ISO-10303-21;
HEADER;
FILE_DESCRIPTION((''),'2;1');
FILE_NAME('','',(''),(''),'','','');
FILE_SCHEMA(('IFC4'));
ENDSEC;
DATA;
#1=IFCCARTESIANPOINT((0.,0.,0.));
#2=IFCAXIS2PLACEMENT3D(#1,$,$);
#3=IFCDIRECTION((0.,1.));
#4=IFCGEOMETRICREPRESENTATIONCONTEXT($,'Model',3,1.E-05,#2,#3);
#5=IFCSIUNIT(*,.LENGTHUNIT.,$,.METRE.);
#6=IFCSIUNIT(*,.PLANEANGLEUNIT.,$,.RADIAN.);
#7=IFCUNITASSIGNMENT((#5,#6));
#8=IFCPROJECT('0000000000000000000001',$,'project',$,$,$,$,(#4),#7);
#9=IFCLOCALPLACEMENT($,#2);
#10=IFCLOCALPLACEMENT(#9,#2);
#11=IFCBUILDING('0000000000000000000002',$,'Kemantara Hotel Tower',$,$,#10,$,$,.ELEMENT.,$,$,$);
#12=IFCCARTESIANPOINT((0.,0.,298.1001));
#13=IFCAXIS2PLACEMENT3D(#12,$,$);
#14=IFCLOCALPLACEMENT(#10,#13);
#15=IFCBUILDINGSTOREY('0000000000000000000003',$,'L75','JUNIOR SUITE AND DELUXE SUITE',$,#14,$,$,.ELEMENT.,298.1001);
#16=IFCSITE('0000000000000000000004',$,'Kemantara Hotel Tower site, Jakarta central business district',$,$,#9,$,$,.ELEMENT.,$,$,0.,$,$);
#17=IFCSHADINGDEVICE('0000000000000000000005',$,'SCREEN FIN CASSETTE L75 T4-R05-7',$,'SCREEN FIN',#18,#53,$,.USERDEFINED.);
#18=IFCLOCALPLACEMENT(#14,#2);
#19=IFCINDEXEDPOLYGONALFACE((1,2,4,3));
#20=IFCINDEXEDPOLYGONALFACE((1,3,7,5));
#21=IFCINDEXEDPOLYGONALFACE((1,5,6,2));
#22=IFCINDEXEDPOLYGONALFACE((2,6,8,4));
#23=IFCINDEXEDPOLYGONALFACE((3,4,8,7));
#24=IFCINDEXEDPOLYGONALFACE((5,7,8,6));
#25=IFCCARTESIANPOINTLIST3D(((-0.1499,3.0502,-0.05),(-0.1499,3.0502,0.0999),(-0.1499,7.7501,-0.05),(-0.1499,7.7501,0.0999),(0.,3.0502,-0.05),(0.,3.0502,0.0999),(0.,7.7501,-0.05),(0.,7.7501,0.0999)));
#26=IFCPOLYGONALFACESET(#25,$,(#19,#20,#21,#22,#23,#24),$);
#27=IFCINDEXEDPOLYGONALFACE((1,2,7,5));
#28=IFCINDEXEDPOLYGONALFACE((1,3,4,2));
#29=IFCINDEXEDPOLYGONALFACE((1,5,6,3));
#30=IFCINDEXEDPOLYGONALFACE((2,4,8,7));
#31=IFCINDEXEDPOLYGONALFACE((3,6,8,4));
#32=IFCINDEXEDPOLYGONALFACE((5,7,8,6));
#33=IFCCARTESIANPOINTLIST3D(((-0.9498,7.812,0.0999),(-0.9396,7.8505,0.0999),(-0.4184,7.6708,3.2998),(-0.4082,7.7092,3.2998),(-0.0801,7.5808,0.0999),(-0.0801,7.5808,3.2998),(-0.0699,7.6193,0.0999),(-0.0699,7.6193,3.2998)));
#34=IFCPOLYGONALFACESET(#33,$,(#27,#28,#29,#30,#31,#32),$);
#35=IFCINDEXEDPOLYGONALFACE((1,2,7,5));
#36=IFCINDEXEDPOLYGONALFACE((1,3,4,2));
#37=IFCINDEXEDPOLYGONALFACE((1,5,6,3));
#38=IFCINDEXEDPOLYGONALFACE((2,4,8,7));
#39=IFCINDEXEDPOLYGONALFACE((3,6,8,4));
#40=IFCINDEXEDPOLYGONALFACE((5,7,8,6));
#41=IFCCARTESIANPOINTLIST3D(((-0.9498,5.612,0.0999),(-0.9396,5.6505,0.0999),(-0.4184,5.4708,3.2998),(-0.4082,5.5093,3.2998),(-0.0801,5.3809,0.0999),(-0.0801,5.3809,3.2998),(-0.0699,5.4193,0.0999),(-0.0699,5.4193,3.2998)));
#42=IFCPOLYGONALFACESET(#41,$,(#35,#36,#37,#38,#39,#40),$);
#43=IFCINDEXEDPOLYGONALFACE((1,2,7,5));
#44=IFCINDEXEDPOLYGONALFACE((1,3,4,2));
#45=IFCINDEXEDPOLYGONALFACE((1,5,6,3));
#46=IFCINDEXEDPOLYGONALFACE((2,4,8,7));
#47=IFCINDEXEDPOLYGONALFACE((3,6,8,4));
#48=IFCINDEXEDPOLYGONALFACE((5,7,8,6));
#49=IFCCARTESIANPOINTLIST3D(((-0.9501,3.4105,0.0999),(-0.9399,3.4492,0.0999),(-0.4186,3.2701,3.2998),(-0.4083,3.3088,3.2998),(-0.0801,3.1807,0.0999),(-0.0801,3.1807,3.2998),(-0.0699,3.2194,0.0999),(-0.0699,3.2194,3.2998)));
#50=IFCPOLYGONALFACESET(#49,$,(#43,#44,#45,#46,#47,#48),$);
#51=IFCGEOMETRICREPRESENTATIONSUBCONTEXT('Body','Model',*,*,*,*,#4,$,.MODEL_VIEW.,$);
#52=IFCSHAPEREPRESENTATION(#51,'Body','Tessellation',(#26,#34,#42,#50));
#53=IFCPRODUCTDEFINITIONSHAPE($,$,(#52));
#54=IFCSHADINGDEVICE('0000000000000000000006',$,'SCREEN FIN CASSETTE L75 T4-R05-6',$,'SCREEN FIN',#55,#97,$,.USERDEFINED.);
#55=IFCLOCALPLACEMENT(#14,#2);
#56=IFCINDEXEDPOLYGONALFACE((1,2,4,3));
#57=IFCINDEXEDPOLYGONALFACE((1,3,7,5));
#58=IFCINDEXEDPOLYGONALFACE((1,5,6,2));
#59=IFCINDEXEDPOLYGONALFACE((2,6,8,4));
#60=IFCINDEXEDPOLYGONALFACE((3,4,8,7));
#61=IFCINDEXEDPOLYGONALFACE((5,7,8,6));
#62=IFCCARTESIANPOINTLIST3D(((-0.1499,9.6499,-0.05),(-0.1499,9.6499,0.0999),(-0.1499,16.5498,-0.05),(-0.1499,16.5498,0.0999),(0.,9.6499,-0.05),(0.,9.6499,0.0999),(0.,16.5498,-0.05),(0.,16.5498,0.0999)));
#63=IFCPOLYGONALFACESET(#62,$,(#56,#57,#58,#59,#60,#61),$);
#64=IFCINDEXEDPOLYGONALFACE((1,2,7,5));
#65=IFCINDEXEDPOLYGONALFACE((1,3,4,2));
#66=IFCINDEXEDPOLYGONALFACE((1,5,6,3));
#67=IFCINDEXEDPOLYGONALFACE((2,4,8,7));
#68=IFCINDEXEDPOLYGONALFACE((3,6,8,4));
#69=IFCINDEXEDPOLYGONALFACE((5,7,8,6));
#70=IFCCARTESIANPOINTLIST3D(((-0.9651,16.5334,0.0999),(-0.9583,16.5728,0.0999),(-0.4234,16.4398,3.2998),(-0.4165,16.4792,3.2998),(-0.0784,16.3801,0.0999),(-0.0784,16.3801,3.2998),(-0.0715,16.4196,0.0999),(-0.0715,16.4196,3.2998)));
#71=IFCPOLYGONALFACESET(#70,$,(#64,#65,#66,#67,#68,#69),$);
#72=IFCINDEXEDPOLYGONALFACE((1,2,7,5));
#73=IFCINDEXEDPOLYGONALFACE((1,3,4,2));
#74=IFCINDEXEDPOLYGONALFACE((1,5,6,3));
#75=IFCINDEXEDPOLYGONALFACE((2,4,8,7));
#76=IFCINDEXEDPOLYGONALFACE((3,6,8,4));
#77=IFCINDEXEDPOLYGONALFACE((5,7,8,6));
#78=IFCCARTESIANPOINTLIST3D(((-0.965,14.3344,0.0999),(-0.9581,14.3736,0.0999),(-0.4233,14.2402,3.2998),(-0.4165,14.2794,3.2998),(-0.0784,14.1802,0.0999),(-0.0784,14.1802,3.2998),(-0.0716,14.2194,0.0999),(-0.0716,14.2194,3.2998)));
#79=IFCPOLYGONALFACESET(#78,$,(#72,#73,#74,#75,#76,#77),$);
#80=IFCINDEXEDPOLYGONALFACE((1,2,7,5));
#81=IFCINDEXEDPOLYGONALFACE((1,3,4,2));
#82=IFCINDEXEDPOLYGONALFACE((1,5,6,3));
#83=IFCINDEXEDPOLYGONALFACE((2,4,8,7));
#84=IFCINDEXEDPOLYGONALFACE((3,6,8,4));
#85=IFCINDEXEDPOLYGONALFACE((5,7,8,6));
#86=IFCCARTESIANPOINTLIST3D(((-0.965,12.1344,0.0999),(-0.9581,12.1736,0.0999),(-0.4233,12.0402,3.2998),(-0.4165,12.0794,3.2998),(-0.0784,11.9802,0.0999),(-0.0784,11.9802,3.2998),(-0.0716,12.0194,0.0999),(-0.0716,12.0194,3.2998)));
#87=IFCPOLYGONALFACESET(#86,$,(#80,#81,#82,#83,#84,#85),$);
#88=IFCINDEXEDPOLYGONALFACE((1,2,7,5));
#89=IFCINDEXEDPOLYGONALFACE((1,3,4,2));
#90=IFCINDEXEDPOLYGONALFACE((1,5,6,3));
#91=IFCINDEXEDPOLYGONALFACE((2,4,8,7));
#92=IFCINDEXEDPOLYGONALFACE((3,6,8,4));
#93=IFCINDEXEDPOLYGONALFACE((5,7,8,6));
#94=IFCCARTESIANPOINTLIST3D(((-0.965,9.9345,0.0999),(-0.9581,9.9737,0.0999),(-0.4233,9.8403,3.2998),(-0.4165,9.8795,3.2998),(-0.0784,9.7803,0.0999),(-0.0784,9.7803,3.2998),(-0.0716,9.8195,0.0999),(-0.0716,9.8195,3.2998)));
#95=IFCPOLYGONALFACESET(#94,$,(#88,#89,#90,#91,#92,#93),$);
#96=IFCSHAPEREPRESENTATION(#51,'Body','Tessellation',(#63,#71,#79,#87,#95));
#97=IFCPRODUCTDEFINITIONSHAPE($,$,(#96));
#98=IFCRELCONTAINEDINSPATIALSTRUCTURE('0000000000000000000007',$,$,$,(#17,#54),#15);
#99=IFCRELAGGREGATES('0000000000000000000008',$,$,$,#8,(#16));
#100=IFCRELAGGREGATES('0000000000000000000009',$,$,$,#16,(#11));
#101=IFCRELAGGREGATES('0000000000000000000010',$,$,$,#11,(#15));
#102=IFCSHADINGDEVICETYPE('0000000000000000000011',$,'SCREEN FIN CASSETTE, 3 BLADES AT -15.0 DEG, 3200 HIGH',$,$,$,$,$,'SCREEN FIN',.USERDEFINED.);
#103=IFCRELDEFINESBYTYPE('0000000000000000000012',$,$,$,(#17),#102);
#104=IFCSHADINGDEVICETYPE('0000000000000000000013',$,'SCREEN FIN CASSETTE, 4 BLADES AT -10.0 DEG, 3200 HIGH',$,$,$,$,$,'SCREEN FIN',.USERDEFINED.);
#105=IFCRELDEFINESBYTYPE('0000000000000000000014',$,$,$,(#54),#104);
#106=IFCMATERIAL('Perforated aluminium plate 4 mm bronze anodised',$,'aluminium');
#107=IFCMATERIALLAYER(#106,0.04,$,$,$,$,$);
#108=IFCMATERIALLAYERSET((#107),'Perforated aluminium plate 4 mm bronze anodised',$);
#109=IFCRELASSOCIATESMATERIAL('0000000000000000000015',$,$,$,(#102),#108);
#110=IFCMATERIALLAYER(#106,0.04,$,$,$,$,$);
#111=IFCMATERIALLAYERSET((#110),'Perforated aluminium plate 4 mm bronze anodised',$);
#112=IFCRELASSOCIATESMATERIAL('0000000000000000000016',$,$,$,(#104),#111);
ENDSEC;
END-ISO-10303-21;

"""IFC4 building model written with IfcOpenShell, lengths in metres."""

from ifc_helpers import new_model, si_unit, direction, frame, origin, origin_2d, place, context, subcontext, project, spatial, polyline, rectangle, outline, extrude, source, transform, mapped, material, layer, layer_set, type_object, element, save


model = new_model("IFC4")

# Units and contexts
model_context = context("Model", 3, precision=1e-05, world=origin(), true_north=direction((0.0, 1.0)))
body_context = subcontext(model_context, "Body", "Model", "MODEL_VIEW")
ifc_project = project(units=[si_unit("LENGTHUNIT", "METRE"), si_unit("PLANEANGLEUNIT", "RADIAN")], contexts=[model_context])

# Site, building, storey
site_placement = place(None, origin())
site = spatial("IfcSite", under=ifc_project, at=site_placement, Name="Kemantara Hotel Tower site, Jakarta central business district", CompositionType="ELEMENT", RefElevation=0.0)
building_placement = place(site_placement, origin())
building = spatial("IfcBuilding", under=site, at=building_placement, Name="Kemantara Hotel Tower", CompositionType="ELEMENT")
storey_placement = place(building_placement, frame((0.0, 0.0, 298.1001)))
storey = spatial("IfcBuildingStorey", under=building, at=storey_placement, Name="L75", Description="JUNIOR SUITE AND DELUXE SUITE", CompositionType="ELEMENT", Elevation=298.1001)

# Shading devices
ifc_material_1 = material(Name="Perforated aluminium plate 4 mm bronze anodised", Category="aluminium")
ifc_layer_1 = layer(ifc_material_1, 0.04)
ifc_layer_set_1 = layer_set([ifc_layer_1], Name="Perforated aluminium plate 4 mm bronze anodised")
shading_device_type_1 = type_object("IfcShadingDeviceType", Name="SCREEN FIN CASSETTE, 3 BLADES AT -15.0 DEG, 3200 HIGH", ElementType="SCREEN FIN", PredefinedType="USERDEFINED", material=ifc_layer_set_1)
shared_shape_1 = source(origin(), body_context, "Body", "SweptSolid", [
    extrude(rectangle(XDim=4.7, YDim=0.1499, at=origin_2d()), frame((2.2, -0.075, -0.1499), z_axis=(0.0, 0.0, 1.0), x_axis=(1.0, 0.0, 0.0)), (0.0, 0.0, 1.0), 0.1499),
    extrude(outline(polyline([(0.0, 0.0), (0.8999, 0.0), (0.3501, 3.2), (0.0, 3.2), (0.0, 0.0)])), frame((0.0193, -0.0801, 0.0), z_axis=(-0.966438, 0.256901, 0.0), x_axis=(-0.256901, -0.966438, 0.0)), (0.0, 0.0, 1.0), 0.0398),
    extrude(outline(polyline([(0.0, 0.0), (0.8999, 0.0), (0.3501, 3.2), (0.0, 3.2), (0.0, 0.0)])), frame((2.2192, -0.0801, 0.0), z_axis=(-0.966438, 0.256901, 0.0), x_axis=(-0.256901, -0.966438, 0.0)), (0.0, 0.0, 1.0), 0.0398),
    extrude(outline(polyline([(0.0, 0.0), (0.8999, 0.0), (0.3501, 3.2), (0.0, 3.2), (0.0, 0.0)])), frame((4.4194, -0.0801, 0.0), z_axis=(-0.966838, 0.255391, 0.0), x_axis=(-0.255391, -0.966838, 0.0)), (0.0, 0.0, 1.0), 0.04),
])
shading_device_1_placement = place(storey_placement, frame((0.0, 7.6001, 0.0999), z_axis=(0.0, 0.0, 1.0), x_axis=(0.0, -1.0, 0.0)))
element("IfcShadingDevice", 1, at=shading_device_1_placement, inside=storey, type_object=shading_device_type_1, Name="SCREEN FIN CASSETTE L75 T4-R05-7", ObjectType="SCREEN FIN", PredefinedType="USERDEFINED", context=body_context, shape_type="MappedRepresentation", body=[
    mapped(shared_shape_1, transform((0.0, 0.0, 0.0))),
])
ifc_layer_2 = layer(ifc_material_1, 0.04)
ifc_layer_set_2 = layer_set([ifc_layer_2], Name="Perforated aluminium plate 4 mm bronze anodised")
shading_device_type_2 = type_object("IfcShadingDeviceType", Name="SCREEN FIN CASSETTE, 4 BLADES AT -10.0 DEG, 3200 HIGH", ElementType="SCREEN FIN", PredefinedType="USERDEFINED", material=ifc_layer_set_2)
shared_shape_2 = source(origin(), body_context, "Body", "SweptSolid", [
    extrude(rectangle(XDim=6.8999, YDim=0.1499, at=origin_2d()), frame((3.3, -0.075, -0.1499), z_axis=(0.0, 0.0, 1.0), x_axis=(1.0, 0.0, 0.0)), (0.0, 0.0, 1.0), 0.1499),
    extrude(outline(polyline([(0.0, 0.0), (0.8999, 0.0), (0.3501, 3.2), (0.0, 3.2), (0.0, 0.0)])), frame((0.0198, -0.0784, 0.0), z_axis=(-0.98539, 0.170314, 0.0), x_axis=(-0.170314, -0.98539, 0.0)), (0.0, 0.0, 1.0), 0.04),
    extrude(outline(polyline([(0.0, 0.0), (0.8999, 0.0), (0.3501, 3.2), (0.0, 3.2), (0.0, 0.0)])), frame((2.2197, -0.0784, 0.0), z_axis=(-0.985212, 0.171341, 0.0), x_axis=(-0.171341, -0.985212, 0.0)), (0.0, 0.0, 1.0), 0.0398),
    extrude(outline(polyline([(0.0, 0.0), (0.8999, 0.0), (0.3501, 3.2), (0.0, 3.2), (0.0, 0.0)])), frame((4.4197, -0.0784, 0.0), z_axis=(-0.985212, 0.171341, 0.0), x_axis=(-0.171341, -0.985212, 0.0)), (0.0, 0.0, 1.0), 0.0398),
    extrude(outline(polyline([(0.0, 0.0), (0.8999, 0.0), (0.3501, 3.2), (0.0, 3.2), (0.0, 0.0)])), frame((6.6196, -0.0784, 0.0), z_axis=(-0.985212, 0.171341, 0.0), x_axis=(-0.171341, -0.985212, 0.0)), (0.0, 0.0, 1.0), 0.0398),
])
shading_device_2_placement = place(storey_placement, frame((0.0, 16.3999, 0.0999), z_axis=(0.0, 0.0, 1.0), x_axis=(0.0, -1.0, 0.0)))
element("IfcShadingDevice", 2, at=shading_device_2_placement, inside=storey, type_object=shading_device_type_2, Name="SCREEN FIN CASSETTE L75 T4-R05-6", ObjectType="SCREEN FIN", PredefinedType="USERDEFINED", context=body_context, shape_type="MappedRepresentation", body=[
    mapped(shared_shape_2, transform((0.0, 0.0, 0.0))),
])

save(model, "model.ifc")
